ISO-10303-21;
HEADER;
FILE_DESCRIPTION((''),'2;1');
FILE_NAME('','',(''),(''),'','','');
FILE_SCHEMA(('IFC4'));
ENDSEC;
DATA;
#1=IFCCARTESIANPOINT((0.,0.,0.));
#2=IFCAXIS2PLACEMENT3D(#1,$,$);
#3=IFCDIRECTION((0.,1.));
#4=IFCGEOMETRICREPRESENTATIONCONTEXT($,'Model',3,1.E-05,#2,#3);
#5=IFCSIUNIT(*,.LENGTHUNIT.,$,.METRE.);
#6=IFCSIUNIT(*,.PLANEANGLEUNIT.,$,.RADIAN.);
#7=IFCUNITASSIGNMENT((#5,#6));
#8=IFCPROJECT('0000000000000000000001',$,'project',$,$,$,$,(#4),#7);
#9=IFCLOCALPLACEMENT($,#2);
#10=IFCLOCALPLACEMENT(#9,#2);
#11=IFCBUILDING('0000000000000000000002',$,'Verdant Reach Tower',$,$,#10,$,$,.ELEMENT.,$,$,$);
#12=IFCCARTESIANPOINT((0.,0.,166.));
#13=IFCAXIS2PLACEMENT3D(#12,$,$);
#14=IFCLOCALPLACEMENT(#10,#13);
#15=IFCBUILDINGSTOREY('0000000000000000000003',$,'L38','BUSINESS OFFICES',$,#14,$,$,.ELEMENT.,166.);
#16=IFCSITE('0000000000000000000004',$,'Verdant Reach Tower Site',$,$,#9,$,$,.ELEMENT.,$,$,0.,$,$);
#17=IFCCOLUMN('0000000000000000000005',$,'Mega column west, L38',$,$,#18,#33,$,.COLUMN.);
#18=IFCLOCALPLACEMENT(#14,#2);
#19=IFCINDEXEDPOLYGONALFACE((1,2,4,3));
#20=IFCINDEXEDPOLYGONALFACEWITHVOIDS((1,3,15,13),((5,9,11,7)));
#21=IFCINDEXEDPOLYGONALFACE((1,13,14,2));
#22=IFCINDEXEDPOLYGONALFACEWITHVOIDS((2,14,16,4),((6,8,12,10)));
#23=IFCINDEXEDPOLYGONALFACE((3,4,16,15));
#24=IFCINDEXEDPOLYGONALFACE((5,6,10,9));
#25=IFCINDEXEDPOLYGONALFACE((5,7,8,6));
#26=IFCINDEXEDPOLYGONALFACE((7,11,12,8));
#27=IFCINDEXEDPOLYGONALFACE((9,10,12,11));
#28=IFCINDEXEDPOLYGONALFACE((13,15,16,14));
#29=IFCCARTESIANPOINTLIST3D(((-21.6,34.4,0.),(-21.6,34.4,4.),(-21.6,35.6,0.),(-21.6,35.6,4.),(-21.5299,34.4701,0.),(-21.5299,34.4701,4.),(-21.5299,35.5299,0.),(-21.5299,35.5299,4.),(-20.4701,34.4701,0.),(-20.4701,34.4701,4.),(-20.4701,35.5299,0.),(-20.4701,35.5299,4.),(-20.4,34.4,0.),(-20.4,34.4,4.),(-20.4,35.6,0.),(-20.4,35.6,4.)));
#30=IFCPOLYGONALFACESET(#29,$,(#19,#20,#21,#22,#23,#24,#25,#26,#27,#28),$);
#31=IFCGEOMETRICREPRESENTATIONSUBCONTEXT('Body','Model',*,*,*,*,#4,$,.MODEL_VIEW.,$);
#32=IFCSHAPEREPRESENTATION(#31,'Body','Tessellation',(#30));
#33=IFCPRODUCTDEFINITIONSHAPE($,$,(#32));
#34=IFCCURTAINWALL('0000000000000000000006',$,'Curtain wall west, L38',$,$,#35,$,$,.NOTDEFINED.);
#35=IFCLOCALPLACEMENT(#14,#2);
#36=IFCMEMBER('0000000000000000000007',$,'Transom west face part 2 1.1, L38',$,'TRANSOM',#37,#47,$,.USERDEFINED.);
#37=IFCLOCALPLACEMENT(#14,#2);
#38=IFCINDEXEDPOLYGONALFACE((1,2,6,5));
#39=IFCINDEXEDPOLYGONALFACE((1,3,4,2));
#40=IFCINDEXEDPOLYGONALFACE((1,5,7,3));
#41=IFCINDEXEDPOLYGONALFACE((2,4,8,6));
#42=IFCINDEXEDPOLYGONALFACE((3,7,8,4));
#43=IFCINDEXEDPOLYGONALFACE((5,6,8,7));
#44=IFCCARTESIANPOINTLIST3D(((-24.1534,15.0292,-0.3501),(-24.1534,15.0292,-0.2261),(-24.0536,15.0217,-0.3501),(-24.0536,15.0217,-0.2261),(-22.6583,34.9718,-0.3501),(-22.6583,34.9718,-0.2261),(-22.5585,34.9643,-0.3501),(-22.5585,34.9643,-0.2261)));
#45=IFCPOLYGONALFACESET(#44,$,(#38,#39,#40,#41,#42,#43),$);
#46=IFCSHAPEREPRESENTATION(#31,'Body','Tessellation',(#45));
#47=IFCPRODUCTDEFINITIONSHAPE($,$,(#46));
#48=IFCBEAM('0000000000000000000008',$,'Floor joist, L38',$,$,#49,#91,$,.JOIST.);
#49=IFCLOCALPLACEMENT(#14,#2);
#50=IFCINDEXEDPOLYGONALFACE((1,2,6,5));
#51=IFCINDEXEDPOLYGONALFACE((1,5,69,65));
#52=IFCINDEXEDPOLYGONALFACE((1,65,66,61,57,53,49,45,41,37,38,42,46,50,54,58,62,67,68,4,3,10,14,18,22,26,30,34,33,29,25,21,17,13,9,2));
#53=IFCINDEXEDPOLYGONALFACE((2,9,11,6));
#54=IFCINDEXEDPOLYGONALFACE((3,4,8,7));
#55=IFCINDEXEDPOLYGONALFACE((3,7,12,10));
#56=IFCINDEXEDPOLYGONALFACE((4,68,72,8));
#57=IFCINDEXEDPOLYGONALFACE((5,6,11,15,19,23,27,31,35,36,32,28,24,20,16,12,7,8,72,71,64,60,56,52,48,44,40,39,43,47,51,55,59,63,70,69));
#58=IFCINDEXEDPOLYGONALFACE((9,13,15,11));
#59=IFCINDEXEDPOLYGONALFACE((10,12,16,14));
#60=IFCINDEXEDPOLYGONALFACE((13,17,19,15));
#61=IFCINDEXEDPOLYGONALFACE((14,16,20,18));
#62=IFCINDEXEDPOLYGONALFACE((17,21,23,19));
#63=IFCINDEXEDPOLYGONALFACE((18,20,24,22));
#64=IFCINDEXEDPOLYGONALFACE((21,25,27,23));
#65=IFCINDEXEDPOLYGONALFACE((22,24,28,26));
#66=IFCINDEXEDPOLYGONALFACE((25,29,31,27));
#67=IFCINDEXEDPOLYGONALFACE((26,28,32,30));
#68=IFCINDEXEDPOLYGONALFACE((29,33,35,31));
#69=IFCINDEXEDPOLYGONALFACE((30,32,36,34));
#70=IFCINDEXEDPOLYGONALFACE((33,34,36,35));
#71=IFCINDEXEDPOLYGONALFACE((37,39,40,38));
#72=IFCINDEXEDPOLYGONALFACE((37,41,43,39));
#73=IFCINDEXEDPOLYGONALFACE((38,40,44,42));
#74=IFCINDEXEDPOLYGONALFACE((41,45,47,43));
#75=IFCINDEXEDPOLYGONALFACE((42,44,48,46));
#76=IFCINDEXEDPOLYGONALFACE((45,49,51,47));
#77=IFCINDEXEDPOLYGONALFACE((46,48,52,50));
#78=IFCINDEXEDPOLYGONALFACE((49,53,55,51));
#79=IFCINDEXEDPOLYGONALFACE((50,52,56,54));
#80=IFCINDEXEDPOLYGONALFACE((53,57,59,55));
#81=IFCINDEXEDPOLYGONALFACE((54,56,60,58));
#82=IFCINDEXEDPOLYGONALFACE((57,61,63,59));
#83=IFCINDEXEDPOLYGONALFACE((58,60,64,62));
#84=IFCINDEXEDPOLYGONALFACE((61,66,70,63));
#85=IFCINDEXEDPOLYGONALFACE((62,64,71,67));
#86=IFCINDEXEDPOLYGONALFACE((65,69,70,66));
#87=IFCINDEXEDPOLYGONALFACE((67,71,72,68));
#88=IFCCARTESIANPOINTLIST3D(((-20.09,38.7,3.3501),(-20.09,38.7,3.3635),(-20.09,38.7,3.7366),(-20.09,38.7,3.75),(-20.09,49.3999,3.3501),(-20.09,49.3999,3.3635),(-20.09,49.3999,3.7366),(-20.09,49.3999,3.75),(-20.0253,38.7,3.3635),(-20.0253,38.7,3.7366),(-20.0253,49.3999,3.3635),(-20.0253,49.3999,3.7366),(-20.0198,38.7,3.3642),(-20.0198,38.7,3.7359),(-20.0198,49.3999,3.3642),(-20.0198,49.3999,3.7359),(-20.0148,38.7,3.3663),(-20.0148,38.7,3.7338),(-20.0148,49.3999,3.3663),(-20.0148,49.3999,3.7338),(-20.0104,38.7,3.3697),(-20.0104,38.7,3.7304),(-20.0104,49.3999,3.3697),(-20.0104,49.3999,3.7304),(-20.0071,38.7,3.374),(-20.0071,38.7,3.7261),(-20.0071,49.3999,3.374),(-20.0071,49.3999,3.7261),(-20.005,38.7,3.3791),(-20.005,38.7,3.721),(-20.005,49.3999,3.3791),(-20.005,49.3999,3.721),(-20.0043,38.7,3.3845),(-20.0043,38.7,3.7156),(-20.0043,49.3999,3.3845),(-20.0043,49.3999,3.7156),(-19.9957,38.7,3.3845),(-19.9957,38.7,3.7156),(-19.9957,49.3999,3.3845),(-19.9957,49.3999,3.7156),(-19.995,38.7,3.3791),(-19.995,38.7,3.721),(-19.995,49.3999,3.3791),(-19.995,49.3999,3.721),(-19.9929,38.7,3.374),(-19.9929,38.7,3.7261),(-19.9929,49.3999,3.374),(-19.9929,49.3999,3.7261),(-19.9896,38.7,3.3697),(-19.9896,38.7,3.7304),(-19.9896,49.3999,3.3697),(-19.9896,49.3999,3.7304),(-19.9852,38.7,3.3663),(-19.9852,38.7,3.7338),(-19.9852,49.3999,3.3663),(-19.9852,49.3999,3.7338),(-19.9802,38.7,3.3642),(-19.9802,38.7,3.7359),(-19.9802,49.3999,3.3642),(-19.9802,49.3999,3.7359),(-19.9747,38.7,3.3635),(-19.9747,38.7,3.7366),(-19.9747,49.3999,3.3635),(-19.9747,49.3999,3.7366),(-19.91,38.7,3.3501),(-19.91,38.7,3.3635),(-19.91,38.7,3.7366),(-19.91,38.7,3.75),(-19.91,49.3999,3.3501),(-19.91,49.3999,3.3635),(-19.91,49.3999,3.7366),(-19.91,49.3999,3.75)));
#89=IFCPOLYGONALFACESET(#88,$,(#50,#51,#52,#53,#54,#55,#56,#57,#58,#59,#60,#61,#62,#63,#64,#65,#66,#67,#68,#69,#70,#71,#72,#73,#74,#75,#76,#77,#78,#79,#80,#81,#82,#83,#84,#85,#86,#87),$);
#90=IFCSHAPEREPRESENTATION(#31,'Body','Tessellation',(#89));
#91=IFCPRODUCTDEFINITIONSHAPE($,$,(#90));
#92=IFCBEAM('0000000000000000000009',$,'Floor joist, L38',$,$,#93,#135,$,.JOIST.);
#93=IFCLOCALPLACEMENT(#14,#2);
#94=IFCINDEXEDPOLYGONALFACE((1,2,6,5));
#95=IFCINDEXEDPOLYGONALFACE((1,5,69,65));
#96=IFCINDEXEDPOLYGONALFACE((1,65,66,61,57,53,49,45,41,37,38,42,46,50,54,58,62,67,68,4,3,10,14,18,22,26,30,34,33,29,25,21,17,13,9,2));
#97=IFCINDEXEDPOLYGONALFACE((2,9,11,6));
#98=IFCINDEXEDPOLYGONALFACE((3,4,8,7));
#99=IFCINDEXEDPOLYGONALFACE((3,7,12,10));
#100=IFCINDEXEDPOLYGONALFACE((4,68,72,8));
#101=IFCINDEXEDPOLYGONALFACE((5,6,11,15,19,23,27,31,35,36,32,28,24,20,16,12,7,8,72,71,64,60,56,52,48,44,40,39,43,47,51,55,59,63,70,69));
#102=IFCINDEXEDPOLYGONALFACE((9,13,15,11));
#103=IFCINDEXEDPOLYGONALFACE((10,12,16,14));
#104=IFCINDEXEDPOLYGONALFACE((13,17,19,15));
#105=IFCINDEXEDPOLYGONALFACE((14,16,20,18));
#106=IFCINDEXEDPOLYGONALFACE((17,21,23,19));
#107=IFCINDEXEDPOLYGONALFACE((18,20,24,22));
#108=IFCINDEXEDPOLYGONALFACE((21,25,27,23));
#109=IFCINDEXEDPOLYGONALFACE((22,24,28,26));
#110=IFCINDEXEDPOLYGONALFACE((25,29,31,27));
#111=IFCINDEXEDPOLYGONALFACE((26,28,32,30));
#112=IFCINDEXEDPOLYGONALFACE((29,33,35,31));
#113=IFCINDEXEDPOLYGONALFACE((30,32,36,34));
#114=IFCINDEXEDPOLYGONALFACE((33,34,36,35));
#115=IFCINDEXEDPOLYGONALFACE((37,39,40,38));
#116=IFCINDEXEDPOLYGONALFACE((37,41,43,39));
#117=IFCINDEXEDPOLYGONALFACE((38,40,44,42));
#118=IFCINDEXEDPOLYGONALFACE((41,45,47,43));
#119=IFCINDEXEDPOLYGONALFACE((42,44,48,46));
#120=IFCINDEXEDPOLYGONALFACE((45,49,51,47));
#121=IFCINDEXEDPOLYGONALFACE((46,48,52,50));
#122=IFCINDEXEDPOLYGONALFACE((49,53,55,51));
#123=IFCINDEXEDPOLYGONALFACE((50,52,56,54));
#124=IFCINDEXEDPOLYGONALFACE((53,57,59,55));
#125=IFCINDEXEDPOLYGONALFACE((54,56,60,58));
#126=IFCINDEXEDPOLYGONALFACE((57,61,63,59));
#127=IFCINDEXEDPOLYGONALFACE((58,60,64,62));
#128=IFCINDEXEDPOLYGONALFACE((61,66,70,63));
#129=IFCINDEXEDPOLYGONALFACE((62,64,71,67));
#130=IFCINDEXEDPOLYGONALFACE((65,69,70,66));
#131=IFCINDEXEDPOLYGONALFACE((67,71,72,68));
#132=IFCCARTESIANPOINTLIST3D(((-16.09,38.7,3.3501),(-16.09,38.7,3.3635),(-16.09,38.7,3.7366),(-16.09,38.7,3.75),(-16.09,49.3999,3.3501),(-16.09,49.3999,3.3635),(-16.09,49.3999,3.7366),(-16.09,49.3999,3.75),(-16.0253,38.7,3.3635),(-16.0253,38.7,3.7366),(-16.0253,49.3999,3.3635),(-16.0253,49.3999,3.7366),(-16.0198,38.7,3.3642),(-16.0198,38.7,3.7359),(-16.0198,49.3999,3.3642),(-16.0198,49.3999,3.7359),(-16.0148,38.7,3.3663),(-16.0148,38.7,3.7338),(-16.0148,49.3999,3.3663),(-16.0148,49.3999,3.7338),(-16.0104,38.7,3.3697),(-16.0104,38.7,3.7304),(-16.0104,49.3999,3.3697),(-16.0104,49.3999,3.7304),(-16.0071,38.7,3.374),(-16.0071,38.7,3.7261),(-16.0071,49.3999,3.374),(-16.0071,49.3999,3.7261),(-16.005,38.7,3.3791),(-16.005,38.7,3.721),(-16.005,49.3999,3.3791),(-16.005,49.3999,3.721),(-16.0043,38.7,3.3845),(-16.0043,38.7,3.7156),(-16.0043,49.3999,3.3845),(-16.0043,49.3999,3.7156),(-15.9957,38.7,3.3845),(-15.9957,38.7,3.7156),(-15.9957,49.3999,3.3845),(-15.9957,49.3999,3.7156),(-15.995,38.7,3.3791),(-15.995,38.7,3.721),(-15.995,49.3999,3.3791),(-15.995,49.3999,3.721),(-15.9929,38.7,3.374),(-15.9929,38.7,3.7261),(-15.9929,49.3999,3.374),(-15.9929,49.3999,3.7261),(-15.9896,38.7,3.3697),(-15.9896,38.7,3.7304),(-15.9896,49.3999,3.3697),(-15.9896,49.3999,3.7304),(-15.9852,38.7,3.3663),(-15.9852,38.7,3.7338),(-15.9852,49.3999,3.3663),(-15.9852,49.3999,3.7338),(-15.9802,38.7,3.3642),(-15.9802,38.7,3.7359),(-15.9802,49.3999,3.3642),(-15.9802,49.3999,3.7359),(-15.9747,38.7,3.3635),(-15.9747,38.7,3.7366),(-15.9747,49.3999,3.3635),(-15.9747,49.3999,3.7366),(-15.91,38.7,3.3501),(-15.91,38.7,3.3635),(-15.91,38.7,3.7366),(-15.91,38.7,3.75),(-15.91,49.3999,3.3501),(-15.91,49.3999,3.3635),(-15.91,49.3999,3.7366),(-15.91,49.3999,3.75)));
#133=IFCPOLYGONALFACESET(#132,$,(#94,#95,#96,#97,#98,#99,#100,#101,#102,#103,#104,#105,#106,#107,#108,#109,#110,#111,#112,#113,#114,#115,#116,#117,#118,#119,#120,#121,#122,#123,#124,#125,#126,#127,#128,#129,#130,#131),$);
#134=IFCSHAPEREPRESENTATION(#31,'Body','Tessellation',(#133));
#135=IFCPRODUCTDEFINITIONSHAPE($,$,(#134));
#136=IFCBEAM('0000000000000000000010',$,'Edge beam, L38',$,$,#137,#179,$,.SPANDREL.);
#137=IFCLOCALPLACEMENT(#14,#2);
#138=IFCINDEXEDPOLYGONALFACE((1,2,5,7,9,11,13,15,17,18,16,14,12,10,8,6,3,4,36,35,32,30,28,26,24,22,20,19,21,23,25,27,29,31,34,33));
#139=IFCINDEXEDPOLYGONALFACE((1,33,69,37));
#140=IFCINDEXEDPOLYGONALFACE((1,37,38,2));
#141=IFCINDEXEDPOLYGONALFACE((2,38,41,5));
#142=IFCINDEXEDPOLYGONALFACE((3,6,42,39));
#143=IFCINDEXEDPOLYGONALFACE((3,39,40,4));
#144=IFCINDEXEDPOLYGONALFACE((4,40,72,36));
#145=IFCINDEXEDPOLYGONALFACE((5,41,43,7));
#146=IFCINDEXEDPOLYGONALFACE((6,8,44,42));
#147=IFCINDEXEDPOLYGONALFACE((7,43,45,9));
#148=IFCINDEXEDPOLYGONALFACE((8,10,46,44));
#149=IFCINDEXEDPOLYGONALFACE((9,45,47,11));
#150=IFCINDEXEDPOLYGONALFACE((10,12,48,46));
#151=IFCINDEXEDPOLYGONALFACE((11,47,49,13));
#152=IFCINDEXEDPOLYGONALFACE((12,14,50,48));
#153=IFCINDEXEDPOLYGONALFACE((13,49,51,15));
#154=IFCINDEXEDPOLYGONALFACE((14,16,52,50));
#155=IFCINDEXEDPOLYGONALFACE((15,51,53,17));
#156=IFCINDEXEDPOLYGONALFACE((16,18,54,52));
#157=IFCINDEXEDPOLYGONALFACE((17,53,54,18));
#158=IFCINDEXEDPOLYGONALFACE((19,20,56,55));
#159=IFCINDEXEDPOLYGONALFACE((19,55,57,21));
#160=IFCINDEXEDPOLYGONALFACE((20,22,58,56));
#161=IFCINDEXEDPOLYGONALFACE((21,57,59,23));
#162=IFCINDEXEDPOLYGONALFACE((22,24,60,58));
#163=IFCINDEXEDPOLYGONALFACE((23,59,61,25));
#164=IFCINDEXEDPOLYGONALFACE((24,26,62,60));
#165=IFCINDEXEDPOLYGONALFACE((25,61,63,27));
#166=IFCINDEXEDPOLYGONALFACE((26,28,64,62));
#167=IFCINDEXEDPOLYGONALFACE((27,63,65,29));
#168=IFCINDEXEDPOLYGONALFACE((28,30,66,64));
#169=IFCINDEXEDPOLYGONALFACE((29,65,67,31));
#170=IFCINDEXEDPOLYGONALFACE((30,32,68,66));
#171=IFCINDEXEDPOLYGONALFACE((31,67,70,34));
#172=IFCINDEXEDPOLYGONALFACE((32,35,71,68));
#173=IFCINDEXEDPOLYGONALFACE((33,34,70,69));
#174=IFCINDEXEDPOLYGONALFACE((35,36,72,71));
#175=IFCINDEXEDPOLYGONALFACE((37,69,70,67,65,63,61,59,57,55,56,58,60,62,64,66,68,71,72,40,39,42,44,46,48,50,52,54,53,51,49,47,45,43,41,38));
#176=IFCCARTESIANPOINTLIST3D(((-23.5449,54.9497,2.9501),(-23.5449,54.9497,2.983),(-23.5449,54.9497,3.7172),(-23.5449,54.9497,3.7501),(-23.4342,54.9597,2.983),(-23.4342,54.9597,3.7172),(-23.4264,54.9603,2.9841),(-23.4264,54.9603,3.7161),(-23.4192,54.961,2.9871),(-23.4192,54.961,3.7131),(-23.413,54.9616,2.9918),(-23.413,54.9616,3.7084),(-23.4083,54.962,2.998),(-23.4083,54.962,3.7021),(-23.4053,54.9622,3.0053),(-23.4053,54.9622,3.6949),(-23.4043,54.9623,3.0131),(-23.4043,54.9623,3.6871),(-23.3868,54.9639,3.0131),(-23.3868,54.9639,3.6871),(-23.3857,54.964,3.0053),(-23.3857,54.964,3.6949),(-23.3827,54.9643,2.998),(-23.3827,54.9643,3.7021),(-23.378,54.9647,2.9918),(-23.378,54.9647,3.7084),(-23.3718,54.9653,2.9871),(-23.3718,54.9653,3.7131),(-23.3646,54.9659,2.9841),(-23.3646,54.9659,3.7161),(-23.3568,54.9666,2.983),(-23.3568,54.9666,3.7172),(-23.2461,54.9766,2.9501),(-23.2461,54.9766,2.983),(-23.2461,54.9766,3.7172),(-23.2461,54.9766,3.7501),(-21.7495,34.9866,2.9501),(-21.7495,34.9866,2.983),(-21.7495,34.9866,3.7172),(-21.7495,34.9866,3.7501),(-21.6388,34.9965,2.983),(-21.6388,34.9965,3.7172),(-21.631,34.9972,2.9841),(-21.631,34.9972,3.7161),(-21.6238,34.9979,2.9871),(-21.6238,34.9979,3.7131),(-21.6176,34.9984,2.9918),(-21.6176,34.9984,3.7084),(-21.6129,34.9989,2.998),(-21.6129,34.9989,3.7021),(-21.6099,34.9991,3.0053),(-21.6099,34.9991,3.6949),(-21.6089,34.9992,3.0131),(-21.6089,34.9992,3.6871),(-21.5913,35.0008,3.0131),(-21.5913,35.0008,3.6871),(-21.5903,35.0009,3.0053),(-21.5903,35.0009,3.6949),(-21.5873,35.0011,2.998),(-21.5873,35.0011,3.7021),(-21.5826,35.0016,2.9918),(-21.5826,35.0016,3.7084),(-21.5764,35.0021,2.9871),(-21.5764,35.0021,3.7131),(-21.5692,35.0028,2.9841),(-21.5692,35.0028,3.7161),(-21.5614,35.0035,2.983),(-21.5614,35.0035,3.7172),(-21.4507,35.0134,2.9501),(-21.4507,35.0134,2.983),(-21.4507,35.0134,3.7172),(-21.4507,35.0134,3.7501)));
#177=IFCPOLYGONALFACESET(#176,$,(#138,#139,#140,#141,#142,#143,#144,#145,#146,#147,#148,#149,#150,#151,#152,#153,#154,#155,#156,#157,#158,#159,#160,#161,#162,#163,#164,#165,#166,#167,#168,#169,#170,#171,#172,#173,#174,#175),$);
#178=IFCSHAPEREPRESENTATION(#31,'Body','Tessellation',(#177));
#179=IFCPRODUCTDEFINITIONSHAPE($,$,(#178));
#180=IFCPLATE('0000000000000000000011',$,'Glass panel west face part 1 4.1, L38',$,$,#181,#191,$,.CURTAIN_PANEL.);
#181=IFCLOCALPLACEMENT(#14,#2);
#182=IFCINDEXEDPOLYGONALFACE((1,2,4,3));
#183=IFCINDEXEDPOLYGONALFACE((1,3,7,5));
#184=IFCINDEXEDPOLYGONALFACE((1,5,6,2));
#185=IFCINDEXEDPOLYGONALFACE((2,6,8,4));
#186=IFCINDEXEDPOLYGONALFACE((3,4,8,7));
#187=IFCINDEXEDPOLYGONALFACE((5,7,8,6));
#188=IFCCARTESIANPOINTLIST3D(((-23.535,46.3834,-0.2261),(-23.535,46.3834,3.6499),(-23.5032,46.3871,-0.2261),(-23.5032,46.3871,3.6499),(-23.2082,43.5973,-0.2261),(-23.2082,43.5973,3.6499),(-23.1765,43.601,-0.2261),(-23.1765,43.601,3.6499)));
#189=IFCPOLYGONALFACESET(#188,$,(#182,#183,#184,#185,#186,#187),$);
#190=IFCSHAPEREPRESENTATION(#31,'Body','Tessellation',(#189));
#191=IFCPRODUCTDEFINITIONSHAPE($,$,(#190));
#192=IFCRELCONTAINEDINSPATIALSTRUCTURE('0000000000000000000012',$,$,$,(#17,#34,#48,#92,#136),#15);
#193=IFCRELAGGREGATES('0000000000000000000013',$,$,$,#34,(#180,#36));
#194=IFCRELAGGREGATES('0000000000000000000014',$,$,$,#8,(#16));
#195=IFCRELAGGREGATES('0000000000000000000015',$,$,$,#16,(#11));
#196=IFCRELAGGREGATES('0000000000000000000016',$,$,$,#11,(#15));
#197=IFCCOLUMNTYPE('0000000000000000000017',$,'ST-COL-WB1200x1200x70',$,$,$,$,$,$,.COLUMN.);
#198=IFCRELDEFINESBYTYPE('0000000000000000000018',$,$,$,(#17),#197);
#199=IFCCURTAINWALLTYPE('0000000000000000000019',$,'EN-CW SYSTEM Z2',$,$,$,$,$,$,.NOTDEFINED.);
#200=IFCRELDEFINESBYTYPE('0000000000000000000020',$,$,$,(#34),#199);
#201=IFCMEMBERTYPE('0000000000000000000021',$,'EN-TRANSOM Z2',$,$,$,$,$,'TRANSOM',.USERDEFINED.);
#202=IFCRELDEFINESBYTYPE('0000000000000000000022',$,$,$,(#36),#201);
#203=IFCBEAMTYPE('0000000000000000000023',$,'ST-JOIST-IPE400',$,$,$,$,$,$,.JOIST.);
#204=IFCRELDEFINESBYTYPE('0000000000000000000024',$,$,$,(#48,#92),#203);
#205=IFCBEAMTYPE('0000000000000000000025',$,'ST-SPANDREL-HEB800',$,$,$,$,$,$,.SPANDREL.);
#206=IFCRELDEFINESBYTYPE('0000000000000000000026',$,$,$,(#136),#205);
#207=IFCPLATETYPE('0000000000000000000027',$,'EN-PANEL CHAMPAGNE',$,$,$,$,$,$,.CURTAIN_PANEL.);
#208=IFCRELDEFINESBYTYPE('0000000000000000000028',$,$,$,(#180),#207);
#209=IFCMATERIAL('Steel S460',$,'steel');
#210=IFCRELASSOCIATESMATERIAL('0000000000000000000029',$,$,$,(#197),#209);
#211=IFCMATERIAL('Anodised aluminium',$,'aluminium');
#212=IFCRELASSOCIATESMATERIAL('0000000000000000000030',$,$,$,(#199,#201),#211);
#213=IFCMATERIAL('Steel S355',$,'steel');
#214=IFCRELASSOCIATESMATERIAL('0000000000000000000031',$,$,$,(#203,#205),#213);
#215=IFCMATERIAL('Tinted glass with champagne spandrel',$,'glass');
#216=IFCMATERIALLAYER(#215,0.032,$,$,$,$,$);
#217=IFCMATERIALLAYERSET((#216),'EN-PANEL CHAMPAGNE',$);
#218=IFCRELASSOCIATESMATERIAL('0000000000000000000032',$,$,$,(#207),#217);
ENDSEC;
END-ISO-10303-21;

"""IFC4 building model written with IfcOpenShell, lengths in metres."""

from ifc_helpers import new_model, si_unit, direction, frame, origin, origin_2d, place, context, subcontext, project, spatial, rectangle, hollow_rectangle, i_section, extrude, material, layer, layer_set, material_profile, profile_set, type_object, element, aggregate, save


model = new_model("IFC4")

# Units and contexts
model_context = context("Model", 3, precision=1e-05, world=origin(), true_north=direction((0.0, 1.0)))
body_context = subcontext(model_context, "Body", "Model", "MODEL_VIEW")
ifc_project = project(units=[si_unit("LENGTHUNIT", "METRE"), si_unit("PLANEANGLEUNIT", "RADIAN")], contexts=[model_context])

# Site, building, storey
site_placement = place(None, origin())
site = spatial("IfcSite", under=ifc_project, at=site_placement, Name="Verdant Reach Tower Site", CompositionType="ELEMENT", RefElevation=0.0)
building_placement = place(site_placement, origin())
building = spatial("IfcBuilding", under=site, at=building_placement, Name="Verdant Reach Tower", CompositionType="ELEMENT")
storey_placement = place(building_placement, frame((0.0, 0.0, 166.0)))
storey = spatial("IfcBuildingStorey", under=building, at=storey_placement, Name="L38", Description="BUSINESS OFFICES", CompositionType="ELEMENT", Elevation=166.0)

# Column
ifc_material_1 = material(Name="Steel S460", Category="steel")
ifc_material_profile_1 = material_profile(ifc_material_1, hollow_rectangle(XDim=1.2, YDim=1.2, WallThickness=0.0701, at=origin_2d()), Name="WB 1200x1200x70")
ifc_profile_set_1 = profile_set([ifc_material_profile_1], Name="Steel S460")
column_type = type_object("IfcColumnType", Name="ST-COL-WB1200x1200x70", PredefinedType="COLUMN", material=ifc_profile_set_1)
column_placement = place(storey_placement, frame((-21.0, 35.0, 0.0), z_axis=(0.0, 0.0, 1.0), x_axis=(1.0, 0.0, 0.0)))
element("IfcColumn", 1, at=column_placement, inside=storey, type_object=column_type, Name="Mega column west, L38", PredefinedType="COLUMN", context=body_context, shape_type="SweptSolid", body=[
    extrude(hollow_rectangle(XDim=1.2, YDim=1.2, WallThickness=0.0701, at=origin_2d()), origin(), (0.0, 0.0, 1.0), 4.0),
])

# Curtain wall, member
ifc_material_2 = material(Name="Anodised aluminium", Category="aluminium")
curtain_wall_type = type_object("IfcCurtainWallType", Name="EN-CW SYSTEM Z2", PredefinedType="NOTDEFINED", material=ifc_material_2)
curtain_wall_placement = place(storey_placement, origin())
curtain_wall = element("IfcCurtainWall", 2, at=curtain_wall_placement, inside=storey, type_object=curtain_wall_type, Name="Curtain wall west, L38", PredefinedType="NOTDEFINED")
ifc_material_profile_2 = material_profile(ifc_material_2, rectangle(XDim=0.1001, YDim=0.124, at=origin_2d()), Name="Transom 124x100")
ifc_profile_set_2 = profile_set([ifc_material_profile_2], Name="Anodised aluminium")
member_type = type_object("IfcMemberType", Name="EN-TRANSOM Z2", ElementType="TRANSOM", PredefinedType="USERDEFINED", material=ifc_profile_set_2)
member_placement = place(storey_placement, frame((-22.6084, 34.968, -0.2881), z_axis=(-0.074761, -0.997201, 0.0), x_axis=(0.997201, -0.074761, 0.0)))
member = element("IfcMember", 3, at=member_placement, type_object=member_type, Name="Transom west face part 2 1.1, L38", ObjectType="TRANSOM", PredefinedType="USERDEFINED", context=body_context, shape_type="SweptSolid", body=[
    extrude(rectangle(XDim=0.1001, YDim=0.124, at=origin_2d()), origin(), (0.0, 0.0, 1.0), 19.9985),
])

# Beams
ifc_material_3 = material(Name="Steel S355", Category="steel")
ifc_material_profile_3 = material_profile(ifc_material_3, i_section(OverallWidth=0.1799, OverallDepth=0.3999, WebThickness=0.0085, FlangeThickness=0.0134, FilletRadius=0.021, at=origin_2d()), Name="IPE 400")
ifc_profile_set_3 = profile_set([ifc_material_profile_3], Name="Steel S355")
beam_type_1 = type_object("IfcBeamType", Name="ST-JOIST-IPE400", PredefinedType="JOIST", material=ifc_profile_set_3)
for number, where, z_axis, x_axis, name in (
    (4, (-20.0, 38.7, 3.55), (0.0, 1.0, 0.0), (-1.0, 0.0, 0.0), "Floor joist, L38"),
    (5, (-16.0, 38.7, 3.55), (0.0, 1.0, 0.0), (-1.0, 0.0, 0.0), "Floor joist, L38"),
):
    element("IfcBeam", number, at=place(storey_placement, frame(where, z_axis=z_axis, x_axis=x_axis)), inside=storey, type_object=beam_type_1, Name=name, PredefinedType="JOIST", context=body_context, shape_type="SweptSolid", body=[
        extrude(i_section(OverallWidth=0.1799, OverallDepth=0.3999, WebThickness=0.0085, FlangeThickness=0.0134, FilletRadius=0.021, at=origin_2d()), origin(), (0.0, 0.0, 1.0), 10.7),
    ])
ifc_material_profile_4 = material_profile(ifc_material_3, i_section(OverallWidth=0.3, OverallDepth=0.8, WebThickness=0.0176, FlangeThickness=0.033, FilletRadius=0.03, at=origin_2d()), Name="HEB 800")
ifc_profile_set_4 = profile_set([ifc_material_profile_4], Name="Steel S355")
beam_type_2 = type_object("IfcBeamType", Name="ST-SPANDREL-HEB800", PredefinedType="SPANDREL", material=ifc_profile_set_4)
beam_placement = place(storey_placement, frame((-21.6001, 35.0, 3.3501), z_axis=(-0.089575, 0.99598, 0.0), x_axis=(-0.99598, -0.089575, 0.0)))
element("IfcBeam", 6, at=beam_placement, inside=storey, type_object=beam_type_2, Name="Edge beam, L38", PredefinedType="SPANDREL", context=body_context, shape_type="SweptSolid", body=[
    extrude(i_section(OverallWidth=0.3, OverallDepth=0.8, WebThickness=0.0176, FlangeThickness=0.033, FilletRadius=0.03, at=origin_2d()), origin(), (0.0, 0.0, 1.0), 20.0437),
])

# Plate
ifc_material_4 = material(Name="Tinted glass with champagne spandrel", Category="glass")
ifc_layer_1 = layer(ifc_material_4, 0.032)
ifc_layer_set_1 = layer_set([ifc_layer_1], Name="EN-PANEL CHAMPAGNE")
plate_type_1 = type_object("IfcPlateType", Name="EN-PANEL CHAMPAGNE", PredefinedType="CURTAIN_PANEL", material=ifc_layer_set_1)
plate_1_placement = place(storey_placement, frame((-23.3557, 44.9922, -0.2261), z_axis=(0.0, 0.0, 1.0), x_axis=(0.116483, -0.993193, 0.0)))
plate_1 = element("IfcPlate", 7, at=plate_1_placement, type_object=plate_type_1, Name="Glass panel west face part 1 4.1, L38", PredefinedType="CURTAIN_PANEL", context=body_context, shape_type="SweptSolid", body=[
    extrude(rectangle(XDim=2.8052, YDim=0.032, at=origin_2d()), origin(), (0.0, 0.0, 1.0), 3.876),
])
aggregate(curtain_wall, [plate_1, member])

save(model, "model.ifc")
